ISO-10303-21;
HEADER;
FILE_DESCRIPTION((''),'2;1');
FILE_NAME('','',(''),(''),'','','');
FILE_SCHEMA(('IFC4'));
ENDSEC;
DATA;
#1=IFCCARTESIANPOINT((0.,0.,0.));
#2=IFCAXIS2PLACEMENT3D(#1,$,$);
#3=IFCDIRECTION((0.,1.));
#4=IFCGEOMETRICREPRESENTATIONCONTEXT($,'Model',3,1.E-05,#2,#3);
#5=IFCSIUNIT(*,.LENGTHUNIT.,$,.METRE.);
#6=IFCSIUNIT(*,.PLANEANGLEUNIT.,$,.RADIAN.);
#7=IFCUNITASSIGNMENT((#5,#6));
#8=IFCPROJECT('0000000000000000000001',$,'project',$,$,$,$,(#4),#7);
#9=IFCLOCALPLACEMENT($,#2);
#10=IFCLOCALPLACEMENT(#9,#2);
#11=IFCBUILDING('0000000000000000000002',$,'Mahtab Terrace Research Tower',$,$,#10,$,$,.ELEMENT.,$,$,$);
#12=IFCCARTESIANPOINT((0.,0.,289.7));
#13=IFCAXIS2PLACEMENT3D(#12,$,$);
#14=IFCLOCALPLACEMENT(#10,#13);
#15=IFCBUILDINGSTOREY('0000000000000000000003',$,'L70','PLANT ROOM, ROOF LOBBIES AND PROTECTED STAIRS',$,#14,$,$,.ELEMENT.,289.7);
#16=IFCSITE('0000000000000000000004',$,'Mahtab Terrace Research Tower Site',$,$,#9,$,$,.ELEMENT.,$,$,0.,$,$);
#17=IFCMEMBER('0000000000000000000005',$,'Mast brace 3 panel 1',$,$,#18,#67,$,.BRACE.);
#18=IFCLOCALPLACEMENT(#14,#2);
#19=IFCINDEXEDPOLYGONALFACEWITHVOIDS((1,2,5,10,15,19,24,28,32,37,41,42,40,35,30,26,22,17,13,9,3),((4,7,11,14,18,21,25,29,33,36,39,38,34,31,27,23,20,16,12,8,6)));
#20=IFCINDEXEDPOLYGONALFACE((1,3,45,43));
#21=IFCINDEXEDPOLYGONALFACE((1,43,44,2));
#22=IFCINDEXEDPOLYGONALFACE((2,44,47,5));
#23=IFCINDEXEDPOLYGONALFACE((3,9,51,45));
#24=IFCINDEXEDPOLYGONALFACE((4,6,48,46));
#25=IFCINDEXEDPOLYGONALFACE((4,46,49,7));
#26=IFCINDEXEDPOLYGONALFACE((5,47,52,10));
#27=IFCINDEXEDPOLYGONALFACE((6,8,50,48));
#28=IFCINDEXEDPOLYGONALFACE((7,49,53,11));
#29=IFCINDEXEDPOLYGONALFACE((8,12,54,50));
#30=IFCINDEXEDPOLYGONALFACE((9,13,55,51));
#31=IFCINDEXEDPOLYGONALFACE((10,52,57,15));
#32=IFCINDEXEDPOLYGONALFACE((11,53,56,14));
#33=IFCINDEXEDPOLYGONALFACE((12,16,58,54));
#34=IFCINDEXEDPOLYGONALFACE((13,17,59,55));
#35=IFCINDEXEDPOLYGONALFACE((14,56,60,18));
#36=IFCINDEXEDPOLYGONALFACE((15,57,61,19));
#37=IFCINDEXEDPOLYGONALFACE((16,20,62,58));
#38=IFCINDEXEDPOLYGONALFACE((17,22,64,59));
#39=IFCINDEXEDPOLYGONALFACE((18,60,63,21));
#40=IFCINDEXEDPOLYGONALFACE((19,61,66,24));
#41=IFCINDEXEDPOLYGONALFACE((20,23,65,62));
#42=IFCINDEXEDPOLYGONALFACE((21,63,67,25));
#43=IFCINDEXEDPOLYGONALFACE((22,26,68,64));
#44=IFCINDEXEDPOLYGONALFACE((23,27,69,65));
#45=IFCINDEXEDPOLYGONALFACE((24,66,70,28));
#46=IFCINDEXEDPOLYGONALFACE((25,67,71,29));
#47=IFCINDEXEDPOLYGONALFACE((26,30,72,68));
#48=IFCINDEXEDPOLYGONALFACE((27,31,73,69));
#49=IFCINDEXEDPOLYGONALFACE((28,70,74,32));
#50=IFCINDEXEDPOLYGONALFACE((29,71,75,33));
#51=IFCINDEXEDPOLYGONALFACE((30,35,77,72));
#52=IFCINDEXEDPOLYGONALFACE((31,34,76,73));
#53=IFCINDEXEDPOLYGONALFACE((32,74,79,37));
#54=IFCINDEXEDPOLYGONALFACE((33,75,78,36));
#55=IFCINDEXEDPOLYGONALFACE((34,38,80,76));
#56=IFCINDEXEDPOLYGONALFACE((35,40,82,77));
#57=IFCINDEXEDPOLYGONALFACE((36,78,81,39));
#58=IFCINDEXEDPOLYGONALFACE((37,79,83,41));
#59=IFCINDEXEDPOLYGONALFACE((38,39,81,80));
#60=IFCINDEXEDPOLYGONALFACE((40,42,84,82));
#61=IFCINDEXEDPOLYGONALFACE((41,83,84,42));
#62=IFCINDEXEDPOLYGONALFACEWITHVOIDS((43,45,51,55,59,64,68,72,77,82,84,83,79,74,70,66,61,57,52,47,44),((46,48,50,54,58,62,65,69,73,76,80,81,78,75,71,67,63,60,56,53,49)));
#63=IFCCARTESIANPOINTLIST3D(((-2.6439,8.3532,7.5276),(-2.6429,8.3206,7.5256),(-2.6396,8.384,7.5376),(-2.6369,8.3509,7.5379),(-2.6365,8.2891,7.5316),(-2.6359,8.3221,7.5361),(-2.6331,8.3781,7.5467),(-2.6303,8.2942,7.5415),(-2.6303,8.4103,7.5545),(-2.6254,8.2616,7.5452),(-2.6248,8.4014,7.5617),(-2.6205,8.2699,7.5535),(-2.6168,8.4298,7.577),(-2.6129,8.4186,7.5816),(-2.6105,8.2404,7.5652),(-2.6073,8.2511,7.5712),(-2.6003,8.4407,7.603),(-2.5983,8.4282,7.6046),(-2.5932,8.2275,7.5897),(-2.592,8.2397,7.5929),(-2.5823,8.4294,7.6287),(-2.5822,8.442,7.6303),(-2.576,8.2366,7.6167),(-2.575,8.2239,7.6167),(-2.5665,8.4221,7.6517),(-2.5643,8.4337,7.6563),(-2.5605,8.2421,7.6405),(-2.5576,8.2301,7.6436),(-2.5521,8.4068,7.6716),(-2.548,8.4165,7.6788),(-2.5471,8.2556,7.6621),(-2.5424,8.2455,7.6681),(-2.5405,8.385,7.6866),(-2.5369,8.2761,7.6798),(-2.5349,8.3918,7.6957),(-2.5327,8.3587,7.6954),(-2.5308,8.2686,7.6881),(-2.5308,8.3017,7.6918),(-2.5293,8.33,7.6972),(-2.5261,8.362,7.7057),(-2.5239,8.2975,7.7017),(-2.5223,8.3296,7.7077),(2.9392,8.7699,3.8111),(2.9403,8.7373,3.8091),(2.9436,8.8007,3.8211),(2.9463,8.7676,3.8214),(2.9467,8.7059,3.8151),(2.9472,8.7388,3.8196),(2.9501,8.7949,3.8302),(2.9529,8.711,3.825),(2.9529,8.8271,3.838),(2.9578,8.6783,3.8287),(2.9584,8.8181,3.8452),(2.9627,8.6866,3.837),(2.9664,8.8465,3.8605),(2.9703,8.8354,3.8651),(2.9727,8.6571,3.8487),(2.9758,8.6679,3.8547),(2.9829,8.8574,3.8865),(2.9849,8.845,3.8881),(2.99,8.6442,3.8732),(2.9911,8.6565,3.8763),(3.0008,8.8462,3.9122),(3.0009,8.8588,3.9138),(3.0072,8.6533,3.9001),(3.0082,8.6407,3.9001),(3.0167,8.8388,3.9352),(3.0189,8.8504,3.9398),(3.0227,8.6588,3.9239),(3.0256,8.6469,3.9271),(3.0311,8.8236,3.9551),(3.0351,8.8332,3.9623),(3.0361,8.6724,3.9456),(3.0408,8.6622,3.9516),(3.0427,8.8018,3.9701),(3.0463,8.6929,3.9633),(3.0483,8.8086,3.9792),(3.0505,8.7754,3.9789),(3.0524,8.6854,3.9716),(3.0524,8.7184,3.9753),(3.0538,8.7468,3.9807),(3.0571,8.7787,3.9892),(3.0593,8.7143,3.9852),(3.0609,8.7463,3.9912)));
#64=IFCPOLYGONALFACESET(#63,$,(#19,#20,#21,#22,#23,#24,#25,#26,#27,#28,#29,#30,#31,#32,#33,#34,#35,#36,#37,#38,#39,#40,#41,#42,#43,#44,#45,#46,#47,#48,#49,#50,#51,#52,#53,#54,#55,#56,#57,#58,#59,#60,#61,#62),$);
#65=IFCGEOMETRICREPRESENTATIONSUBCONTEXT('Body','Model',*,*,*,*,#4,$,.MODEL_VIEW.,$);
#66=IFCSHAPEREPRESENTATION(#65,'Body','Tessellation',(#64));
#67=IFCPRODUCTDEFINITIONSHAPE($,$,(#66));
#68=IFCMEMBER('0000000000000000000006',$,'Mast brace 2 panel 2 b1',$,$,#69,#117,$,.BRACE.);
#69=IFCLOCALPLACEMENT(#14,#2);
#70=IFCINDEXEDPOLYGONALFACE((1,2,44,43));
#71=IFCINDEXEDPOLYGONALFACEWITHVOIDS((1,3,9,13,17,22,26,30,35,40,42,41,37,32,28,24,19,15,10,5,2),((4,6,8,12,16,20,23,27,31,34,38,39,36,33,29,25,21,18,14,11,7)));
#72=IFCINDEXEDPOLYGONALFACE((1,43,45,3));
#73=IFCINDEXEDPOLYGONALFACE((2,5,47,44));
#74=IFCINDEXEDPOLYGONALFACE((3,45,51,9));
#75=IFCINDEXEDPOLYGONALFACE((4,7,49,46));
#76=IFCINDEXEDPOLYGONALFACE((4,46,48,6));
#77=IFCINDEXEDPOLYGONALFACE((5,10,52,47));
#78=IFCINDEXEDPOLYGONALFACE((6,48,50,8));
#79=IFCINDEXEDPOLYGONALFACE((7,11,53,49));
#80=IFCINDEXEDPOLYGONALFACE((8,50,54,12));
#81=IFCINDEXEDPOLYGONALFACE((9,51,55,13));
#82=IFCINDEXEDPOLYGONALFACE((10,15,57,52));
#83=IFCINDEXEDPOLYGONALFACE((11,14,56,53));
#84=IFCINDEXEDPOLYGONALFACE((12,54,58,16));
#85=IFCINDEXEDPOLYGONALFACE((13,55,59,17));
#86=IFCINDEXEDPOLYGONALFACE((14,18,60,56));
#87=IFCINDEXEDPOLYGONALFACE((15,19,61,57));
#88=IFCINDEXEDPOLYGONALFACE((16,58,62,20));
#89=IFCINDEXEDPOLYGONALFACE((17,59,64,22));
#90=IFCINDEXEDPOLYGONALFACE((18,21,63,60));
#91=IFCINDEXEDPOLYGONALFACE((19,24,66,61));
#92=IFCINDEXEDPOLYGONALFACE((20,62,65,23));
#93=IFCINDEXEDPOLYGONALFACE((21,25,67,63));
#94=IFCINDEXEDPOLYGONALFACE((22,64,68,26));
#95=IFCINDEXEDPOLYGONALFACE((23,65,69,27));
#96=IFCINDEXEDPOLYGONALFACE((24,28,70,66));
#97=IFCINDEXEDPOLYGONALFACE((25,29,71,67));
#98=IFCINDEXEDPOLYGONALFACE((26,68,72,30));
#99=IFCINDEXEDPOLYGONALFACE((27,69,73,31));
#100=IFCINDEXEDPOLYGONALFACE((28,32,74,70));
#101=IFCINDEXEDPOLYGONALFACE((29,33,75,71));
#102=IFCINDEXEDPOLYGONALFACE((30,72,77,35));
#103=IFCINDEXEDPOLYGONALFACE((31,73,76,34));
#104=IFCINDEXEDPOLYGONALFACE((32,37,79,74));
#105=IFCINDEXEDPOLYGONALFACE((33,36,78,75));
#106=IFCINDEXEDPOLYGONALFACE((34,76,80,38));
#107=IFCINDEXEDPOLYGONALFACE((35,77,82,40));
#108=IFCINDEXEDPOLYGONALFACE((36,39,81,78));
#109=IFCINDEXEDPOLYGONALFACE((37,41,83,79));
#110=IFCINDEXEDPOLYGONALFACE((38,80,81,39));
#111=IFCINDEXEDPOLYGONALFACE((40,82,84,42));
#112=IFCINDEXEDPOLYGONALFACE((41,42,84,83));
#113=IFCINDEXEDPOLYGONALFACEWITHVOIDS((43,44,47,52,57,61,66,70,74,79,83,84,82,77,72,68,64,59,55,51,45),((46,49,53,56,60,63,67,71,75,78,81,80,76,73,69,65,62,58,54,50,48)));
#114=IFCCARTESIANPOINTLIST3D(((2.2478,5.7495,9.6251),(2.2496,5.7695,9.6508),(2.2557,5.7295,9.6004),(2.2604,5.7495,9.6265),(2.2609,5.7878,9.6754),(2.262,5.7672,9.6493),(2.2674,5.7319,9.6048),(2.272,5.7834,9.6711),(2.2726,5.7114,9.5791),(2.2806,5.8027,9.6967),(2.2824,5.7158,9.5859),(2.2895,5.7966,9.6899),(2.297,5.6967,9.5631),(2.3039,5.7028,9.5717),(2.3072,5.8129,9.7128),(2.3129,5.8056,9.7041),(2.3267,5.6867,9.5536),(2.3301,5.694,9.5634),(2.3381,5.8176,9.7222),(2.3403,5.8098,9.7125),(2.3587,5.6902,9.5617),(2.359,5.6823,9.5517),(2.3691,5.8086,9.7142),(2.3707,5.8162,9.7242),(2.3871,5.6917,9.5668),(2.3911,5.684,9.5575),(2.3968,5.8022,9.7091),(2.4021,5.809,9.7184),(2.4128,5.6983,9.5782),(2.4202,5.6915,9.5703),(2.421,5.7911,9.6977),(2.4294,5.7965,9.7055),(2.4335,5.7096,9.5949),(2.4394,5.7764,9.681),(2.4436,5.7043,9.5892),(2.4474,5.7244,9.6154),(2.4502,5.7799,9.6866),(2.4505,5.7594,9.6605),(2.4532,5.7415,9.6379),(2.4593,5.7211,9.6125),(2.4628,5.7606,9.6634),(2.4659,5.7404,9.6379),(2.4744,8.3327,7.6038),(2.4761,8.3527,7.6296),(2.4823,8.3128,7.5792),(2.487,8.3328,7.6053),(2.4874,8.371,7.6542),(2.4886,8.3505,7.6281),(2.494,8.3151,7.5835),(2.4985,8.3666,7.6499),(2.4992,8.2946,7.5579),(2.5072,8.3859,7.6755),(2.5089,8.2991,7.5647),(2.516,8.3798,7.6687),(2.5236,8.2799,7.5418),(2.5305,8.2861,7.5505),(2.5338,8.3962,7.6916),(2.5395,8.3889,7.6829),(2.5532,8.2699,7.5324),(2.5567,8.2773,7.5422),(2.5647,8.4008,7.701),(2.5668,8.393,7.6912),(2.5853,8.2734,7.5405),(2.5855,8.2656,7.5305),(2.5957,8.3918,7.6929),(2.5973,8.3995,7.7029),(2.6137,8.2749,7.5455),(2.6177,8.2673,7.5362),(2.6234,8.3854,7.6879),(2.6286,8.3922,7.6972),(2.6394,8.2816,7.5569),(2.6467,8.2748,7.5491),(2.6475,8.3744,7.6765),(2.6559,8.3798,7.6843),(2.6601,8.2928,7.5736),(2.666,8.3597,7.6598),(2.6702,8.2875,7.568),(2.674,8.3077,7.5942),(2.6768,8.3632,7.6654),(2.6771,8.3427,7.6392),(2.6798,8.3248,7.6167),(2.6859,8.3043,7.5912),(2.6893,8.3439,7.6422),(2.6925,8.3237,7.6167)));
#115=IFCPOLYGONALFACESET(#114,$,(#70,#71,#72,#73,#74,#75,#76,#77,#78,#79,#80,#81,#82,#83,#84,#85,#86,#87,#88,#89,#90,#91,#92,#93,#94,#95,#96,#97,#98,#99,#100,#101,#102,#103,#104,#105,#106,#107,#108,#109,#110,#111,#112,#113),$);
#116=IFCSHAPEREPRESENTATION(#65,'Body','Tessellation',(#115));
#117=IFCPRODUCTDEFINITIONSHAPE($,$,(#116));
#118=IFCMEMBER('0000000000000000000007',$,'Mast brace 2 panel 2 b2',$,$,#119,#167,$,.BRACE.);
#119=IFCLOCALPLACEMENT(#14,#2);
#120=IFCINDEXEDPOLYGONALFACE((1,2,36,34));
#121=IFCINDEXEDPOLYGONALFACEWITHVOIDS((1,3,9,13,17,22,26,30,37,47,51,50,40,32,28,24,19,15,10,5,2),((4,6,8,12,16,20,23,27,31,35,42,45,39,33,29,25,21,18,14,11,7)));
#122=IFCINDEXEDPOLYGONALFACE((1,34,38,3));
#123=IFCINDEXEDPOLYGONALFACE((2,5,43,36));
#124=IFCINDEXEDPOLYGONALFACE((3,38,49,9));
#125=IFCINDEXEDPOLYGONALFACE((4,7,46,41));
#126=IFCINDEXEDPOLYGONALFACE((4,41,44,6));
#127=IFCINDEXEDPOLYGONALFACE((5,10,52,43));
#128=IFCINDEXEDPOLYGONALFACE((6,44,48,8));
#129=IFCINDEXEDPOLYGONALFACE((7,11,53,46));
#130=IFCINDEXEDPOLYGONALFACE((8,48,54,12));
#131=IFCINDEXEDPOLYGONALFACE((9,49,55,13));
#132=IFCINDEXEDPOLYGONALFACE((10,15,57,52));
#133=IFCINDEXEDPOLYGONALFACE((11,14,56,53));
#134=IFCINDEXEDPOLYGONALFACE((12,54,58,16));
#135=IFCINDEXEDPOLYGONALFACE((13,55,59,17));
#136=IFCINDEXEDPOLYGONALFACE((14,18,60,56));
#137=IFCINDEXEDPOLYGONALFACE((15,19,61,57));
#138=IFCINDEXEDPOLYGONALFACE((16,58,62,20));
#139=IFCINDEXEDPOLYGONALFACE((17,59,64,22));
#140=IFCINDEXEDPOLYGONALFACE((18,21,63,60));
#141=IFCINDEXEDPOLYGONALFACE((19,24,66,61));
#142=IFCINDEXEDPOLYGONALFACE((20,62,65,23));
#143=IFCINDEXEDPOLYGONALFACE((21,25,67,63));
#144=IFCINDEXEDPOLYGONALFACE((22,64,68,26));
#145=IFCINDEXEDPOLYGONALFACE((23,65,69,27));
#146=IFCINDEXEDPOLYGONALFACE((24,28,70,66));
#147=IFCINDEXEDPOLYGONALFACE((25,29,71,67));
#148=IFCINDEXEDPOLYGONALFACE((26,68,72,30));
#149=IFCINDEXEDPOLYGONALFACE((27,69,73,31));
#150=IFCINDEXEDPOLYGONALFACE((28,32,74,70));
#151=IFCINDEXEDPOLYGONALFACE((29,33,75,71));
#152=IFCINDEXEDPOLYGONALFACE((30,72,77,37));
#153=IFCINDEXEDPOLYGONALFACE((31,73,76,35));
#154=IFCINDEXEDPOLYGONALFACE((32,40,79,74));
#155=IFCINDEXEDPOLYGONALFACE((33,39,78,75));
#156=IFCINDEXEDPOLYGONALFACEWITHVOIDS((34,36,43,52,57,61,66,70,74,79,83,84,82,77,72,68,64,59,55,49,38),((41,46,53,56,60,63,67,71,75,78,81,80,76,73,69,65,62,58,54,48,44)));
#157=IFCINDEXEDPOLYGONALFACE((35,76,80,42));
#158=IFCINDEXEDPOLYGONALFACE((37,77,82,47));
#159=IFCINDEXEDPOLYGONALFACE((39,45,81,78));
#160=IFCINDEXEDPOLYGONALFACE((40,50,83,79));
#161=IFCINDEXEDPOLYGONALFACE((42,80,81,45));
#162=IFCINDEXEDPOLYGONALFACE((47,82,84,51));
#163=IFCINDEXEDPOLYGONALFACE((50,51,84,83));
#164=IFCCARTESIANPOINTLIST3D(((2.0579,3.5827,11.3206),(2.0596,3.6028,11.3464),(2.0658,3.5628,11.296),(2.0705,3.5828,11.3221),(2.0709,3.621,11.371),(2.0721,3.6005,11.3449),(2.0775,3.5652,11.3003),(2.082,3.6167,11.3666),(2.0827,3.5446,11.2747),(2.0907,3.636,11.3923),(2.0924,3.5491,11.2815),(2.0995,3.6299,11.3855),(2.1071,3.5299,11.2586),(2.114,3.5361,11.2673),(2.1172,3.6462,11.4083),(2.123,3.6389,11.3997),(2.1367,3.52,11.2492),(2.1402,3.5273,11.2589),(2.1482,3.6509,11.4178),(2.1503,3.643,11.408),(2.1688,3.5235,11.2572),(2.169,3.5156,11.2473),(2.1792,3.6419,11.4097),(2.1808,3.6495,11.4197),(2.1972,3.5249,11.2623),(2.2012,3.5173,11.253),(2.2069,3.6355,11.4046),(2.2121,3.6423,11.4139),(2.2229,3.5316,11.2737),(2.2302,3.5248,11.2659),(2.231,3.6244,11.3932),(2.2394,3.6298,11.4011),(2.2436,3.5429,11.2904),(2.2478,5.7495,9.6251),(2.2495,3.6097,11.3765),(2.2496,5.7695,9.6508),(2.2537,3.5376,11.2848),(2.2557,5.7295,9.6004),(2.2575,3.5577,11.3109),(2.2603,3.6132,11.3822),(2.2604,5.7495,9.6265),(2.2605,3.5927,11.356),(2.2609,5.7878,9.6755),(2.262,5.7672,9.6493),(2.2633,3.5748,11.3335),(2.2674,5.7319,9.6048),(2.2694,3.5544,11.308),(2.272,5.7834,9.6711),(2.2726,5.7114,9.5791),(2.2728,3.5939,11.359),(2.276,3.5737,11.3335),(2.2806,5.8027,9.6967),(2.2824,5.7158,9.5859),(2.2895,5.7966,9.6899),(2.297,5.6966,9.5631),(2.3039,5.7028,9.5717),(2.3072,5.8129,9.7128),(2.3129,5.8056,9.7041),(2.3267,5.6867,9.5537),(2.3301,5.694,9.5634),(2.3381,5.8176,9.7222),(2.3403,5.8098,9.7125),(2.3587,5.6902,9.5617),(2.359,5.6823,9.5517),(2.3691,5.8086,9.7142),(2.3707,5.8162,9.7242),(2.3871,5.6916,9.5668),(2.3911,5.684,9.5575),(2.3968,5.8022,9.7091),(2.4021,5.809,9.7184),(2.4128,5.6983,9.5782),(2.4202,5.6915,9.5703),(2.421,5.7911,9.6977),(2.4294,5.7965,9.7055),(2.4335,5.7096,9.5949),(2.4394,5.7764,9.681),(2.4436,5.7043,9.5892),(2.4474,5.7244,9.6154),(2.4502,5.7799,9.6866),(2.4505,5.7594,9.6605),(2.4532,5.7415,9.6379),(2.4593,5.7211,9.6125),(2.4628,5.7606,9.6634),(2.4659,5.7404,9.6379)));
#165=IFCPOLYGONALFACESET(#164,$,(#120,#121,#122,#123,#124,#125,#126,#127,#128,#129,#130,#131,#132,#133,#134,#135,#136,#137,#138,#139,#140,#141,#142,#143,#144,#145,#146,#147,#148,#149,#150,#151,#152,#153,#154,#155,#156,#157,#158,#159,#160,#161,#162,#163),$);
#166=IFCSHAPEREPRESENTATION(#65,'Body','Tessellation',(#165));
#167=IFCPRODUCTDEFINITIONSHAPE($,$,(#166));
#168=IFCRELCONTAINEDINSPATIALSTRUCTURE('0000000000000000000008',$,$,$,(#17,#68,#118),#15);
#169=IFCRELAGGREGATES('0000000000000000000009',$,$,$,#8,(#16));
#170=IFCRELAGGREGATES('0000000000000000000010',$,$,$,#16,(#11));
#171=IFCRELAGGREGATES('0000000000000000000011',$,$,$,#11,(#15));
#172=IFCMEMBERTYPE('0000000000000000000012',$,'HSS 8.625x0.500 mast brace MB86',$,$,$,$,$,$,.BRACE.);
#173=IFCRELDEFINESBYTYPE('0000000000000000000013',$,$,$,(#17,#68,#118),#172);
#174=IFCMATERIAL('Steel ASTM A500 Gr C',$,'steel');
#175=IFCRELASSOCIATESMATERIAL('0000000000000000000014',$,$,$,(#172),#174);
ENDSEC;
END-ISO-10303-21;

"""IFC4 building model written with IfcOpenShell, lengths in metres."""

from ifc_helpers import new_model, si_unit, direction, frame, origin, origin_2d, place, context, subcontext, project, spatial, hollow_circle, extrude, material, material_profile, profile_set, type_object, element, save


model = new_model("IFC4")

# Units and contexts
model_context = context("Model", 3, precision=1e-05, world=origin(), true_north=direction((0.0, 1.0)))
body_context = subcontext(model_context, "Body", "Model", "MODEL_VIEW")
ifc_project = project(units=[si_unit("LENGTHUNIT", "METRE"), si_unit("PLANEANGLEUNIT", "RADIAN")], contexts=[model_context])

# Site, building, storey
site_placement = place(None, origin())
site = spatial("IfcSite", under=ifc_project, at=site_placement, Name="Mahtab Terrace Research Tower Site", CompositionType="ELEMENT", RefElevation=0.0)
building_placement = place(site_placement, origin())
building = spatial("IfcBuilding", under=site, at=building_placement, Name="Mahtab Terrace Research Tower", CompositionType="ELEMENT")
storey_placement = place(building_placement, frame((0.0, 0.0, 289.7)))
storey = spatial("IfcBuildingStorey", under=building, at=storey_placement, Name="L70", Description="PLANT ROOM, ROOF LOBBIES AND PROTECTED STAIRS", CompositionType="ELEMENT", Elevation=289.7)

# Members
ifc_material_1 = material(Name="Steel ASTM A500 Gr C", Category="steel")
ifc_material_profile_1 = material_profile(ifc_material_1, hollow_circle(Radius=0.1096, WallThickness=0.0127, at=origin_2d()), Name="HSS8.625X0.500")
ifc_profile_set_1 = profile_set([ifc_material_profile_1], Name="Steel ASTM A500 Gr C")
member_type_1 = type_object("IfcMemberType", Name="HSS 8.625x0.500 mast brace MB86", PredefinedType="BRACE", material=ifc_profile_set_1)
member_1_placement = place(storey_placement, frame((3.0, 8.75, 3.9001), z_axis=(-0.830834, -0.062016, 0.553054), x_axis=(0.074435, -0.997226, 0.0)))
element("IfcMember", 1, at=member_1_placement, inside=storey, type_object=member_type_1, Name="Mast brace 3 panel 1", PredefinedType="BRACE", context=body_context, shape_type="SweptSolid", body=[
    extrude(hollow_circle(Radius=0.1096, WallThickness=0.0127, at=origin_2d()), origin(), (0.0, 0.0, 1.0), 6.72),
])
member_2_placement = place(storey_placement, frame((2.5833, 8.3333, 7.6167), z_axis=(-0.068909, -0.785697, 0.614761), x_axis=(0.996176, -0.087369, 0.0)))
element("IfcMember", 2, at=member_2_placement, inside=storey, type_object=member_type_1, Name="Mast brace 2 panel 2 b1", PredefinedType="BRACE", context=body_context, shape_type="SweptSolid", body=[
    extrude(hollow_circle(Radius=0.1096, WallThickness=0.0127, at=origin_2d()), origin(), (0.0, 0.0, 1.0), 3.2878),
])
member_3_placement = place(storey_placement, frame((2.3567, 5.75, 9.6379), z_axis=(-0.068873, -0.785663, 0.614809), x_axis=(0.99618, -0.087327, 0.0)))
element("IfcMember", 3, at=member_3_placement, inside=storey, type_object=member_type_1, Name="Mast brace 2 panel 2 b2", PredefinedType="BRACE", context=body_context, shape_type="SweptSolid", body=[
    extrude(hollow_circle(Radius=0.1096, WallThickness=0.0127, at=origin_2d()), origin(), (0.0, 0.0, 1.0), 2.7578),
])

save(model, "model.ifc")
